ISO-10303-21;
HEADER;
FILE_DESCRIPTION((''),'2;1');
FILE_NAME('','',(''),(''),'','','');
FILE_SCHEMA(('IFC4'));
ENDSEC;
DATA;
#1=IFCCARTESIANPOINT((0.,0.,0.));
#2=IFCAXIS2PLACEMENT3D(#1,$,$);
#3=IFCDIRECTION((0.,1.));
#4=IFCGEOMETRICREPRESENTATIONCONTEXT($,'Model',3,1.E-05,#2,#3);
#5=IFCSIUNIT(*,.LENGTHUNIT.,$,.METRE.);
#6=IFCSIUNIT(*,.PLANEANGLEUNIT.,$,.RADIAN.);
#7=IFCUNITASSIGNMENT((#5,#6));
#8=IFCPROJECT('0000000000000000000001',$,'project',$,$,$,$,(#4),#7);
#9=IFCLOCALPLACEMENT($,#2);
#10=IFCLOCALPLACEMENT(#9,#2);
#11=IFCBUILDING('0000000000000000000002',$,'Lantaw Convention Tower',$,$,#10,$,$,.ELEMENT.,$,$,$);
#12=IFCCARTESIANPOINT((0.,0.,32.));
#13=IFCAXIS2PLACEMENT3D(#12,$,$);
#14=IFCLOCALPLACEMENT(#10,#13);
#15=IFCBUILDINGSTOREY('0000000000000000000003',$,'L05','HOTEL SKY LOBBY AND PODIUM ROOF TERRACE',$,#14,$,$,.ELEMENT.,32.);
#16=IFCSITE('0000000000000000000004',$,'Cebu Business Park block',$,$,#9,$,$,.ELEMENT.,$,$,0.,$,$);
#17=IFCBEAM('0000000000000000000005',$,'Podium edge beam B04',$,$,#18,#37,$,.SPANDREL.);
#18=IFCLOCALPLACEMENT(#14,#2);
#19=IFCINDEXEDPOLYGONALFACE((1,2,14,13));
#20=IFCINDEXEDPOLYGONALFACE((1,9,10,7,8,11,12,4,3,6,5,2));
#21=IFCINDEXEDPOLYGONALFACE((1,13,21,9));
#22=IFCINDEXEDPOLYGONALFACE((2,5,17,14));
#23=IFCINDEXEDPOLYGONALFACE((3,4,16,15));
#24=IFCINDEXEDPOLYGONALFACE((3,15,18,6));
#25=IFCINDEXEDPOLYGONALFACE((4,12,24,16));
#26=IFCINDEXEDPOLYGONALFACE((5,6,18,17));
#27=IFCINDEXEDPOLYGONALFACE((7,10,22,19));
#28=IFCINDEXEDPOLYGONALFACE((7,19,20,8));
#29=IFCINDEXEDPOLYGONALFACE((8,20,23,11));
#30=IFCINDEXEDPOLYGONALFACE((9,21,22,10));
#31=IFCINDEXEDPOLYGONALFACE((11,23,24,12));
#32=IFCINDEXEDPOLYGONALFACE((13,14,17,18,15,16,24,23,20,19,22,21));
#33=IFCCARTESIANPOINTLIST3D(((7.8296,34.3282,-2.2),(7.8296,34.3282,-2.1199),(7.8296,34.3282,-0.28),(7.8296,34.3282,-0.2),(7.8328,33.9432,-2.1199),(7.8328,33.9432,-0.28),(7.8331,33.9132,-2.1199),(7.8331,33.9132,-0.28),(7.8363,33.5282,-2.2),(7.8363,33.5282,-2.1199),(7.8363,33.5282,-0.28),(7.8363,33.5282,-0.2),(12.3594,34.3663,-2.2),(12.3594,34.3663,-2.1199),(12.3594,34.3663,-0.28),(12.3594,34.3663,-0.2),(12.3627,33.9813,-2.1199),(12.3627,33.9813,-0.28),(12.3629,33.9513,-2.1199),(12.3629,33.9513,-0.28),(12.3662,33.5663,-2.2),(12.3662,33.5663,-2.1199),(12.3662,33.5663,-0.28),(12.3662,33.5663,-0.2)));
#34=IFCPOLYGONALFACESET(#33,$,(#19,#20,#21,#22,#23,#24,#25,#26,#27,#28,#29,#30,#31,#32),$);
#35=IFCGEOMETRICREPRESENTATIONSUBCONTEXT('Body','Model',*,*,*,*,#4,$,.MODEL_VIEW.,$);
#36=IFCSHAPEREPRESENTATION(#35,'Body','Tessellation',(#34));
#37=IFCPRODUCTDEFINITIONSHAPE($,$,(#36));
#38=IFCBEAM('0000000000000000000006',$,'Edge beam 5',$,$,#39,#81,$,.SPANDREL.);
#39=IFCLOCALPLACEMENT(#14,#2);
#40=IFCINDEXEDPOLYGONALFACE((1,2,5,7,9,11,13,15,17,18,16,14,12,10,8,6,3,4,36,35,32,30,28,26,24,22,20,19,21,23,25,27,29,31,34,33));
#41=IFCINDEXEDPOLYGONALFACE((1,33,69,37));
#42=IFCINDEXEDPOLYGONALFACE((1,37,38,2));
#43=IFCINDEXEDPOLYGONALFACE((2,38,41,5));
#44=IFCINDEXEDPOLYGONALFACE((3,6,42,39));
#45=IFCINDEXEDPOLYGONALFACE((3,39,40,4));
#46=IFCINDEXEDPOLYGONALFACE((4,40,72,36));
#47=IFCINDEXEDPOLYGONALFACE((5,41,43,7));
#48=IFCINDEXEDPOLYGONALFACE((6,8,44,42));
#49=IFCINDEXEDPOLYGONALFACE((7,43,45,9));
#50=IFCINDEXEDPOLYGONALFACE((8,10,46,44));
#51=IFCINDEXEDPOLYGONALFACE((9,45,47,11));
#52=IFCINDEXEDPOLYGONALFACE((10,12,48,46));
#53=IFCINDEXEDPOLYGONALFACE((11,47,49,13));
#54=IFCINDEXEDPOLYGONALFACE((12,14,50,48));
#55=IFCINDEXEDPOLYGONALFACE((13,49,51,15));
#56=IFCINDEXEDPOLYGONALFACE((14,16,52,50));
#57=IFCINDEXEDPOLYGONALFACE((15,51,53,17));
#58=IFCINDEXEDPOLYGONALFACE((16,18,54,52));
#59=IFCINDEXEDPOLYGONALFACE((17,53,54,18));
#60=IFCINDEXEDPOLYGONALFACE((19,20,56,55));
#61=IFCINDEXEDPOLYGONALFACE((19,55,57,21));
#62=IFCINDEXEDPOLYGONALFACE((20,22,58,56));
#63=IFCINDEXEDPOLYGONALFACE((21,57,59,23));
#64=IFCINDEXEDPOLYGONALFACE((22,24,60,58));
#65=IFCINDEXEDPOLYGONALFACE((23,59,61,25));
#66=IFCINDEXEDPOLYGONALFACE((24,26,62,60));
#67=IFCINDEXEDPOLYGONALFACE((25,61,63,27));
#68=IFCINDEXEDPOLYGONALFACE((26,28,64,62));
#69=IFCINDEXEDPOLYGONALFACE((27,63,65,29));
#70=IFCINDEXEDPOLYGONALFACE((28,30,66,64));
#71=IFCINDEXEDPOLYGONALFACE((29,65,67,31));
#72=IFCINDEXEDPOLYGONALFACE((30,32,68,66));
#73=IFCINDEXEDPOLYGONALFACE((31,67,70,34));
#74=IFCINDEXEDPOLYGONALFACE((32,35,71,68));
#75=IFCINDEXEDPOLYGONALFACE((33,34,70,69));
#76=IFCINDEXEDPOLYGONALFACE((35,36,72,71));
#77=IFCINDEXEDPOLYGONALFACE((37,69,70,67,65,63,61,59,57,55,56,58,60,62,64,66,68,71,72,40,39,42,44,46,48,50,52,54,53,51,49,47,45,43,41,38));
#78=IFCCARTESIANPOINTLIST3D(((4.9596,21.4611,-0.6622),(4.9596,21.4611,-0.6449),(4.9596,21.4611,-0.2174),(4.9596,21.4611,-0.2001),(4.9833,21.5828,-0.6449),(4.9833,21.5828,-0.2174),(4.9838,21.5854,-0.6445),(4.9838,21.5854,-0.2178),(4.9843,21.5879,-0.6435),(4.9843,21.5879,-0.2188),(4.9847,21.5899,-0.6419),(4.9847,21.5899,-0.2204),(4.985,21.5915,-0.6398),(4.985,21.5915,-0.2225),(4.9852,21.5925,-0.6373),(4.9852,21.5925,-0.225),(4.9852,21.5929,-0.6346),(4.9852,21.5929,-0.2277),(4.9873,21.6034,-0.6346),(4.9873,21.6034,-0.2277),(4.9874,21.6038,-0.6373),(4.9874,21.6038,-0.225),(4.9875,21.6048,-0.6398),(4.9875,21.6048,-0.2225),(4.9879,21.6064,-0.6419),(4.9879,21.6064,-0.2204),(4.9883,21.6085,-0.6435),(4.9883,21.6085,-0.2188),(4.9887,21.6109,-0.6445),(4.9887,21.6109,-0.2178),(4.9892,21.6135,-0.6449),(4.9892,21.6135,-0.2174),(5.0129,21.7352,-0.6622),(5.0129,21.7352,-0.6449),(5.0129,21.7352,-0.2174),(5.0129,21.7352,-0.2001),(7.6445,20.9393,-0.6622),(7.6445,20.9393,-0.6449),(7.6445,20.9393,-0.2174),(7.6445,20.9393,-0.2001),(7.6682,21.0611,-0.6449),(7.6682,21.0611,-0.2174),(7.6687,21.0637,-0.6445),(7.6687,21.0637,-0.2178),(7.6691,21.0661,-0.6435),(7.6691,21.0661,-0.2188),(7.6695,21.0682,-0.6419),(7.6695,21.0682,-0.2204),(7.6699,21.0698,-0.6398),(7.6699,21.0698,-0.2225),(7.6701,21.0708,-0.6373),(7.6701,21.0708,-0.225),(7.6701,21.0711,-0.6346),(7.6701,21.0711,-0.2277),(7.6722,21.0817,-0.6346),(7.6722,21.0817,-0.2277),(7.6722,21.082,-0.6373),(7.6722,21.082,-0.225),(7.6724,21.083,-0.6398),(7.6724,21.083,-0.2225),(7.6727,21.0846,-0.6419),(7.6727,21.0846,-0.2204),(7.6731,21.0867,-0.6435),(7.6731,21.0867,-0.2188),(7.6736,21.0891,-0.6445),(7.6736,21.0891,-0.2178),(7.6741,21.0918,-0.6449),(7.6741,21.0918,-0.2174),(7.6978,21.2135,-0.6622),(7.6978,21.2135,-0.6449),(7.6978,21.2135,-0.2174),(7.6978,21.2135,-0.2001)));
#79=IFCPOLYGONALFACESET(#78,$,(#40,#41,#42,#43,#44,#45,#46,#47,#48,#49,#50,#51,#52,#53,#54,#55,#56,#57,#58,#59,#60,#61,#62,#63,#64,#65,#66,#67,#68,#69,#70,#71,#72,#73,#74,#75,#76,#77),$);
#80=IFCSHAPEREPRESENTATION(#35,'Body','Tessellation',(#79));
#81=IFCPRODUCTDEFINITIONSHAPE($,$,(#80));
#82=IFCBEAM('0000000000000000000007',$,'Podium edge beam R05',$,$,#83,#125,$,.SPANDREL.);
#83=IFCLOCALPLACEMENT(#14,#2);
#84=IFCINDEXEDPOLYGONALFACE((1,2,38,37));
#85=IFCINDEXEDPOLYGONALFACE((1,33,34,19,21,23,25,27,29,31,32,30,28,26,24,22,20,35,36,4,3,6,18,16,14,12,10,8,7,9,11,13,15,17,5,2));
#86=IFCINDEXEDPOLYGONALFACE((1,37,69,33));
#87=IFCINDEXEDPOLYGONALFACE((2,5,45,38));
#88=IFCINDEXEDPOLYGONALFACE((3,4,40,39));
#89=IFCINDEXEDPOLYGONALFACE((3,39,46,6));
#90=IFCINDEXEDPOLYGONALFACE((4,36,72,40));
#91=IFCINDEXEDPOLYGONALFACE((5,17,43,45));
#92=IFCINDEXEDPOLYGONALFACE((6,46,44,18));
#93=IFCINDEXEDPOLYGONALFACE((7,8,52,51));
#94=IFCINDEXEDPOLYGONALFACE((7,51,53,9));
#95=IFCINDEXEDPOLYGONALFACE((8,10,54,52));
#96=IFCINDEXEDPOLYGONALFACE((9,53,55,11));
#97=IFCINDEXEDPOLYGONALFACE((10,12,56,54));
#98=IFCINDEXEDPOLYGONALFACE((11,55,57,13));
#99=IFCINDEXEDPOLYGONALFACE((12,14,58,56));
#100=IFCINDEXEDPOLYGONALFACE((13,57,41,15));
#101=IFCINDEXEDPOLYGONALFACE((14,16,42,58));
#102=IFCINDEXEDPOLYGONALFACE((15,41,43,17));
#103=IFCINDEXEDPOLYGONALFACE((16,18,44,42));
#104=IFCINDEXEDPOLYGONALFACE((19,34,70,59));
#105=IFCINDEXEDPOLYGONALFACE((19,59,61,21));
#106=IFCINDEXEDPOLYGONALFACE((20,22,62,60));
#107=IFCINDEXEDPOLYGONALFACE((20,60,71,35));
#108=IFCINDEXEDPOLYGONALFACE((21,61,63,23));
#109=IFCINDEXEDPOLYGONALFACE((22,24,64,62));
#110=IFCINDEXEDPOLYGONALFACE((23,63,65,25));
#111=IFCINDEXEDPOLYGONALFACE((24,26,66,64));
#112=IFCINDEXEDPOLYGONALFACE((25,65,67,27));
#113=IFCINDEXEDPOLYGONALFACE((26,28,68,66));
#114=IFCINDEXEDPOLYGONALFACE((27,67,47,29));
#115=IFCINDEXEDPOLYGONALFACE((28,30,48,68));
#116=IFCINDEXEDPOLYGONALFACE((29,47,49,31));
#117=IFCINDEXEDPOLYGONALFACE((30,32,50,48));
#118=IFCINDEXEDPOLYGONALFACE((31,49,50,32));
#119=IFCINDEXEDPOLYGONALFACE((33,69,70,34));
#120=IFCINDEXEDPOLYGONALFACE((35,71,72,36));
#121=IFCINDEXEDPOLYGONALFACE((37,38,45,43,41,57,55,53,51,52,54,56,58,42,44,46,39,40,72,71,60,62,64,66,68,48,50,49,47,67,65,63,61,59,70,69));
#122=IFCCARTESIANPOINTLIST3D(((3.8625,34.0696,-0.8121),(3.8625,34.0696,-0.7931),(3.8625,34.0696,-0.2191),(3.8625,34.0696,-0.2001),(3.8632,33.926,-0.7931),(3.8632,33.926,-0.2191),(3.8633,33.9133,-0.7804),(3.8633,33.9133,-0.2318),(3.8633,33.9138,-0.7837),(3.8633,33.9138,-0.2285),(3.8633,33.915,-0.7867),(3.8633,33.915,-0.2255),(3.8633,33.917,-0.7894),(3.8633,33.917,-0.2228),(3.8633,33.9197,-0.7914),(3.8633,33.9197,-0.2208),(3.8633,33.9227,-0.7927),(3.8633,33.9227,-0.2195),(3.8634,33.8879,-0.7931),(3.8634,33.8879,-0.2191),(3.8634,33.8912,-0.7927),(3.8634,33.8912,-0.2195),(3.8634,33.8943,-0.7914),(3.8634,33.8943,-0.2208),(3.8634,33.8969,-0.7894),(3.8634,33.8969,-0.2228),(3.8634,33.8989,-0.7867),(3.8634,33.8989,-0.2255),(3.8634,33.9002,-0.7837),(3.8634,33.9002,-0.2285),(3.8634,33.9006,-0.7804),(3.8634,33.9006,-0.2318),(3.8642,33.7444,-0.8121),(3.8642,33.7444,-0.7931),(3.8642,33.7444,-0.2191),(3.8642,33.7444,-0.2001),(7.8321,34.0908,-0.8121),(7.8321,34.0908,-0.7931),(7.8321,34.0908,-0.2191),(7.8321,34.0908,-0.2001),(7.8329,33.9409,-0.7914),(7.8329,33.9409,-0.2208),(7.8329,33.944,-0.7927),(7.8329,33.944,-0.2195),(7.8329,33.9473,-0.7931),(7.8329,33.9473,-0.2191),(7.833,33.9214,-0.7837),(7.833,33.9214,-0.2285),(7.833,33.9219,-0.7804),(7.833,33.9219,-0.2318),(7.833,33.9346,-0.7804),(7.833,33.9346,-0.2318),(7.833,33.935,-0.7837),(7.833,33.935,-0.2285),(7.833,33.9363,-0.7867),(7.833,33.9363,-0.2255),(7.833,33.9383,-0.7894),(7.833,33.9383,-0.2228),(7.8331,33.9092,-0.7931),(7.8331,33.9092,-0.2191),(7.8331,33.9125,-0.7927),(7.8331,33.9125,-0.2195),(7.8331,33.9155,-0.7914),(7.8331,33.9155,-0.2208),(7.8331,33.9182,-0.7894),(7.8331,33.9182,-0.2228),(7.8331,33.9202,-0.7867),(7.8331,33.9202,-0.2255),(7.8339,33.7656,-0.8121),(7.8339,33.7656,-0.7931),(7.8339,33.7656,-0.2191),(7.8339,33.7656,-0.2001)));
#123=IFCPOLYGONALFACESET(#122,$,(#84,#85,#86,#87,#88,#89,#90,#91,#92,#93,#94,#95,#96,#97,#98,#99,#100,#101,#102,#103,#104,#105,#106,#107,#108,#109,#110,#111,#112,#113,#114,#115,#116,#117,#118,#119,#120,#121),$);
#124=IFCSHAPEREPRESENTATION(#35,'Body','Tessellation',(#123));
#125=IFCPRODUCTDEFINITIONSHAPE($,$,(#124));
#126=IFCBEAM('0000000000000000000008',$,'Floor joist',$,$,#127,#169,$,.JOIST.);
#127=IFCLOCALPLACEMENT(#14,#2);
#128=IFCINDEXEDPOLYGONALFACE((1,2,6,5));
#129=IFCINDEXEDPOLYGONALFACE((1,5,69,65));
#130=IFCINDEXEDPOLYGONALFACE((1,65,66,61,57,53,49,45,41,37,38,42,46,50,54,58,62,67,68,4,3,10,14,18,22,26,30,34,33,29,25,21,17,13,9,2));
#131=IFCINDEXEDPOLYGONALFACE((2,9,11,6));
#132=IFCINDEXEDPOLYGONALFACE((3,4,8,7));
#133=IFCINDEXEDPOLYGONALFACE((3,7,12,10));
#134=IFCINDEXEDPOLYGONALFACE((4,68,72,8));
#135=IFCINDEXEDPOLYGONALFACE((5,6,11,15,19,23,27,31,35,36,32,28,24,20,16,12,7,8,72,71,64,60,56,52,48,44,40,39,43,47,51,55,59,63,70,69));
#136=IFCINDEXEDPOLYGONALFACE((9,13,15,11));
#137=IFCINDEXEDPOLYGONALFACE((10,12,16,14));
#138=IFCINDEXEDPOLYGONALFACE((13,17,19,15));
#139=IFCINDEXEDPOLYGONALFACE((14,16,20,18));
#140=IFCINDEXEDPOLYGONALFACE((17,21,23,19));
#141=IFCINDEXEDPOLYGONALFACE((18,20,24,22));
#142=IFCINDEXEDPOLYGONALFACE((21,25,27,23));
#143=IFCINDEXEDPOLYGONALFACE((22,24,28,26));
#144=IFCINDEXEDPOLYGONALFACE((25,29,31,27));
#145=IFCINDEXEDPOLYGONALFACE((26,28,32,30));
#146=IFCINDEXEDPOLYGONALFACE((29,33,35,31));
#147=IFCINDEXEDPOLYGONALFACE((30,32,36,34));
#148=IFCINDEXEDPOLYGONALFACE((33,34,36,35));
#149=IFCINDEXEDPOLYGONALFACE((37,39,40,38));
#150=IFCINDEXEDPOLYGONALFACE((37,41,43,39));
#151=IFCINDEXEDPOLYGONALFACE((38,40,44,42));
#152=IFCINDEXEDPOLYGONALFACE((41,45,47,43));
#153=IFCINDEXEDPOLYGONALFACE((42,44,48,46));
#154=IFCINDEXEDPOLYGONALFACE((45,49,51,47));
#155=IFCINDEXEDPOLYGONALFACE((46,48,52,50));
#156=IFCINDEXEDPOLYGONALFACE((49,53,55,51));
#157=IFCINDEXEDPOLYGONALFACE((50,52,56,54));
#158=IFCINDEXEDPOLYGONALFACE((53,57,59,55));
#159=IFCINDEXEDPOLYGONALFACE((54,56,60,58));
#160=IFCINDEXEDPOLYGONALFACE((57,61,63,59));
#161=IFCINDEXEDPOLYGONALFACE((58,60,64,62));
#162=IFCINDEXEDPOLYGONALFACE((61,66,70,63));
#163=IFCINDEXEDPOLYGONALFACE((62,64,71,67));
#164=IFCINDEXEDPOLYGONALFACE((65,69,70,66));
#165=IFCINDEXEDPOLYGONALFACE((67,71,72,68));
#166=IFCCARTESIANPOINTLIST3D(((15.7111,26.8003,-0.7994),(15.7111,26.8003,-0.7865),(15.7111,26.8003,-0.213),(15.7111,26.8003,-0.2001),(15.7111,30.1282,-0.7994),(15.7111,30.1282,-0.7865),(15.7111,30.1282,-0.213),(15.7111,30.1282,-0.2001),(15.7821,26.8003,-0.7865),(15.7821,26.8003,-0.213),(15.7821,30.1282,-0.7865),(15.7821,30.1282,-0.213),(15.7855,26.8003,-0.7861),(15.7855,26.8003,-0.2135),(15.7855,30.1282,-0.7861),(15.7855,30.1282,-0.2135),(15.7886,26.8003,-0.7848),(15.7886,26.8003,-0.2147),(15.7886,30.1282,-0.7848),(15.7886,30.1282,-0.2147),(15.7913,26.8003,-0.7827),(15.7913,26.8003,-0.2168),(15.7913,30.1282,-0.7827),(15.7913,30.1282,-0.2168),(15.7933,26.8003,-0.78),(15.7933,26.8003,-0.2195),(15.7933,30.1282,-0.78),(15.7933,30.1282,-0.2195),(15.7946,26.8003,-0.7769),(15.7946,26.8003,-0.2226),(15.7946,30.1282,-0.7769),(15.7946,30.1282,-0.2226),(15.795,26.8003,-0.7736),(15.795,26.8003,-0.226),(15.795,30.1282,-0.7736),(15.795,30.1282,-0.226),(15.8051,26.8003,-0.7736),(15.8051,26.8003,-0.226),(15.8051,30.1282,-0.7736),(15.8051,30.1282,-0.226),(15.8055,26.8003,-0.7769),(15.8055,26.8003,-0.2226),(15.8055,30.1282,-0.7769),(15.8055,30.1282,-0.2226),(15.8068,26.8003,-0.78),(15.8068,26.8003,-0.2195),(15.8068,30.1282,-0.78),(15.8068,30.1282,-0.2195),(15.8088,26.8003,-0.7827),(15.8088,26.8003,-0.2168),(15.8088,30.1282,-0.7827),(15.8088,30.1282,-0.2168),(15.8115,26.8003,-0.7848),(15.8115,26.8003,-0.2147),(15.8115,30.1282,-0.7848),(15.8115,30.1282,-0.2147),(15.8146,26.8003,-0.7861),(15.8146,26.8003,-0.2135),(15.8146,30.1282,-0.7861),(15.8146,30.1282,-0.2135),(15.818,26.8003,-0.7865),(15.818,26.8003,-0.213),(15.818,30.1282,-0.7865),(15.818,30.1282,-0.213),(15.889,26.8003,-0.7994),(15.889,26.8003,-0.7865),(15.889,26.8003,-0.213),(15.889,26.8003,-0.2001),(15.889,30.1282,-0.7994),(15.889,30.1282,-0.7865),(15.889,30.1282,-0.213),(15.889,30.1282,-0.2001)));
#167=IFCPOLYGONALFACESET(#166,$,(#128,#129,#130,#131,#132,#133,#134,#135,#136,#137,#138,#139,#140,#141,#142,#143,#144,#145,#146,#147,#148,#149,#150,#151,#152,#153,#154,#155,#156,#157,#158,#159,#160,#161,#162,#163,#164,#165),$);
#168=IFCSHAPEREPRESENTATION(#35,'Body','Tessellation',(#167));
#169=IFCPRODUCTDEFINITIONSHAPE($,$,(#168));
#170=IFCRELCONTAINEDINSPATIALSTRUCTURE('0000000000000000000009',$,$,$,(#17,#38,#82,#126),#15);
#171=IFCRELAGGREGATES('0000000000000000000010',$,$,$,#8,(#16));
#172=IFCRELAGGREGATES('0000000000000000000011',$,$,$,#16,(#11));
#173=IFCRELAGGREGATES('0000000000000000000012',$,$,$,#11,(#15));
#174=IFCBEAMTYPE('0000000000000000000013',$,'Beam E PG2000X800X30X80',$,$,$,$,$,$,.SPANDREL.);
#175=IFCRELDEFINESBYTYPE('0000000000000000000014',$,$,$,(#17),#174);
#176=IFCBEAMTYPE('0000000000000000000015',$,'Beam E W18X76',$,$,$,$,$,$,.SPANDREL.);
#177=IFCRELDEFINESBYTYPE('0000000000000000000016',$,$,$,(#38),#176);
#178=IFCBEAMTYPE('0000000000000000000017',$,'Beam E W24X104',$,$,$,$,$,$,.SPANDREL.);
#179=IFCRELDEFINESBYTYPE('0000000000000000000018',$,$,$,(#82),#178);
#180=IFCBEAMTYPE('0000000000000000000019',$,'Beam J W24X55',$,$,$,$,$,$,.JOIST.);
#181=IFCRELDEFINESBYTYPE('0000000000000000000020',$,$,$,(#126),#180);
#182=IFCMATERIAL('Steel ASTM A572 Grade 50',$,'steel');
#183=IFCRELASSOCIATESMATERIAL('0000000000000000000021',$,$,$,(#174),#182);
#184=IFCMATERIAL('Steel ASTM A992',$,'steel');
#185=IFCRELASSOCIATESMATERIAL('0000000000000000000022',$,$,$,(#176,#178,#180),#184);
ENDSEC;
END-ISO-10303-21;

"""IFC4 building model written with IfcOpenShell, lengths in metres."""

from ifc_helpers import new_model, si_unit, direction, frame, origin, origin_2d, place, context, subcontext, project, spatial, i_section, extrude, material, material_profile, profile_set, type_object, element, save


model = new_model("IFC4")

# Units and contexts
model_context = context("Model", 3, precision=1e-05, world=origin(), true_north=direction((0.0, 1.0)))
body_context = subcontext(model_context, "Body", "Model", "MODEL_VIEW")
ifc_project = project(units=[si_unit("LENGTHUNIT", "METRE"), si_unit("PLANEANGLEUNIT", "RADIAN")], contexts=[model_context])

# Site, building, storey
site_placement = place(None, origin())
site = spatial("IfcSite", under=ifc_project, at=site_placement, Name="Cebu Business Park block", CompositionType="ELEMENT", RefElevation=0.0)
building_placement = place(site_placement, origin())
building = spatial("IfcBuilding", under=site, at=building_placement, Name="Lantaw Convention Tower", CompositionType="ELEMENT")
storey_placement = place(building_placement, frame((0.0, 0.0, 32.0)))
storey = spatial("IfcBuildingStorey", under=building, at=storey_placement, Name="L05", Description="HOTEL SKY LOBBY AND PODIUM ROOF TERRACE", CompositionType="ELEMENT", Elevation=32.0)

# Beams
ifc_material_1 = material(Name="Steel ASTM A572 Grade 50", Category="steel")
ifc_material_profile_1 = material_profile(ifc_material_1, i_section(OverallWidth=0.8, OverallDepth=2.0, WebThickness=0.03, FlangeThickness=0.0801, at=origin_2d()), Name="PG2000X800X30X80")
ifc_profile_set_1 = profile_set([ifc_material_profile_1], Name="Steel ASTM A572 Grade 50")
beam_type_1 = type_object("IfcBeamType", Name="Beam E PG2000X800X30X80", PredefinedType="SPANDREL", material=ifc_profile_set_1)
beam_1_placement = place(storey_placement, frame((12.3628, 33.9663, -1.2), z_axis=(-0.999965, -0.008408, 0.0), x_axis=(0.008408, -0.999965, 0.0)))
element("IfcBeam", 1, at=beam_1_placement, inside=storey, type_object=beam_type_1, Name="Podium edge beam B04", PredefinedType="SPANDREL", context=body_context, shape_type="SweptSolid", body=[
    extrude(i_section(OverallWidth=0.8, OverallDepth=2.0, WebThickness=0.03, FlangeThickness=0.0801, at=origin_2d()), origin(), (0.0, 0.0, 1.0), 4.53),
])
ifc_material_2 = material(Name="Steel ASTM A992", Category="steel")
ifc_material_profile_2 = material_profile(ifc_material_2, i_section(OverallWidth=0.2793, OverallDepth=0.4622, WebThickness=0.0107, FlangeThickness=0.0173, FilletRadius=0.0103, at=origin_2d()), Name="W18X76")
ifc_profile_set_2 = profile_set([ifc_material_profile_2], Name="Steel ASTM A992")
beam_type_2 = type_object("IfcBeamType", Name="Beam E W18X76", PredefinedType="SPANDREL", material=ifc_profile_set_2)
beam_2_placement = place(storey_placement, frame((7.6711, 21.0764, -0.4312), z_axis=(-0.981637, 0.190757, 0.0), x_axis=(-0.190757, -0.981637, 0.0)))
element("IfcBeam", 2, at=beam_2_placement, inside=storey, type_object=beam_type_2, Name="Edge beam 5", PredefinedType="SPANDREL", context=body_context, shape_type="SweptSolid", body=[
    extrude(i_section(OverallWidth=0.2793, OverallDepth=0.4622, WebThickness=0.0107, FlangeThickness=0.0173, FilletRadius=0.0103, at=origin_2d()), origin(), (0.0, 0.0, 1.0), 2.7351),
])
ifc_material_profile_3 = material_profile(ifc_material_2, i_section(OverallWidth=0.3252, OverallDepth=0.6121, WebThickness=0.0127, FlangeThickness=0.019, FilletRadius=0.0127, at=origin_2d()), Name="W24X104")
ifc_profile_set_3 = profile_set([ifc_material_profile_3], Name="Steel ASTM A992")
beam_type_3 = type_object("IfcBeamType", Name="Beam E W24X104", PredefinedType="SPANDREL", material=ifc_profile_set_3)
beam_3_placement = place(storey_placement, frame((7.833, 33.9282, -0.5061), z_axis=(-0.999986, -0.00535, 0.0), x_axis=(0.00535, -0.999986, 0.0)))
element("IfcBeam", 3, at=beam_3_placement, inside=storey, type_object=beam_type_3, Name="Podium edge beam R05", PredefinedType="SPANDREL", context=body_context, shape_type="SweptSolid", body=[
    extrude(i_section(OverallWidth=0.3252, OverallDepth=0.6121, WebThickness=0.0127, FlangeThickness=0.019, FilletRadius=0.0127, at=origin_2d()), origin(), (0.0, 0.0, 1.0), 3.9697),
])
ifc_material_profile_4 = material_profile(ifc_material_2, i_section(OverallWidth=0.178, OverallDepth=0.5994, WebThickness=0.01, FlangeThickness=0.0129, FilletRadius=0.0129, at=origin_2d()), Name="W24X55")
ifc_profile_set_4 = profile_set([ifc_material_profile_4], Name="Steel ASTM A992")
beam_type_4 = type_object("IfcBeamType", Name="Beam J W24X55", PredefinedType="JOIST", material=ifc_profile_set_4)
beam_4_placement = place(storey_placement, frame((15.8, 26.8003, -0.4998), z_axis=(0.0, 1.0, 0.0), x_axis=(-1.0, 0.0, 0.0)))
element("IfcBeam", 4, at=beam_4_placement, inside=storey, type_object=beam_type_4, Name="Floor joist", PredefinedType="JOIST", context=body_context, shape_type="SweptSolid", body=[
    extrude(i_section(OverallWidth=0.178, OverallDepth=0.5994, WebThickness=0.01, FlangeThickness=0.0129, FilletRadius=0.0129, at=origin_2d()), origin(), (0.0, 0.0, 1.0), 3.3279),
])

save(model, "model.ifc")
